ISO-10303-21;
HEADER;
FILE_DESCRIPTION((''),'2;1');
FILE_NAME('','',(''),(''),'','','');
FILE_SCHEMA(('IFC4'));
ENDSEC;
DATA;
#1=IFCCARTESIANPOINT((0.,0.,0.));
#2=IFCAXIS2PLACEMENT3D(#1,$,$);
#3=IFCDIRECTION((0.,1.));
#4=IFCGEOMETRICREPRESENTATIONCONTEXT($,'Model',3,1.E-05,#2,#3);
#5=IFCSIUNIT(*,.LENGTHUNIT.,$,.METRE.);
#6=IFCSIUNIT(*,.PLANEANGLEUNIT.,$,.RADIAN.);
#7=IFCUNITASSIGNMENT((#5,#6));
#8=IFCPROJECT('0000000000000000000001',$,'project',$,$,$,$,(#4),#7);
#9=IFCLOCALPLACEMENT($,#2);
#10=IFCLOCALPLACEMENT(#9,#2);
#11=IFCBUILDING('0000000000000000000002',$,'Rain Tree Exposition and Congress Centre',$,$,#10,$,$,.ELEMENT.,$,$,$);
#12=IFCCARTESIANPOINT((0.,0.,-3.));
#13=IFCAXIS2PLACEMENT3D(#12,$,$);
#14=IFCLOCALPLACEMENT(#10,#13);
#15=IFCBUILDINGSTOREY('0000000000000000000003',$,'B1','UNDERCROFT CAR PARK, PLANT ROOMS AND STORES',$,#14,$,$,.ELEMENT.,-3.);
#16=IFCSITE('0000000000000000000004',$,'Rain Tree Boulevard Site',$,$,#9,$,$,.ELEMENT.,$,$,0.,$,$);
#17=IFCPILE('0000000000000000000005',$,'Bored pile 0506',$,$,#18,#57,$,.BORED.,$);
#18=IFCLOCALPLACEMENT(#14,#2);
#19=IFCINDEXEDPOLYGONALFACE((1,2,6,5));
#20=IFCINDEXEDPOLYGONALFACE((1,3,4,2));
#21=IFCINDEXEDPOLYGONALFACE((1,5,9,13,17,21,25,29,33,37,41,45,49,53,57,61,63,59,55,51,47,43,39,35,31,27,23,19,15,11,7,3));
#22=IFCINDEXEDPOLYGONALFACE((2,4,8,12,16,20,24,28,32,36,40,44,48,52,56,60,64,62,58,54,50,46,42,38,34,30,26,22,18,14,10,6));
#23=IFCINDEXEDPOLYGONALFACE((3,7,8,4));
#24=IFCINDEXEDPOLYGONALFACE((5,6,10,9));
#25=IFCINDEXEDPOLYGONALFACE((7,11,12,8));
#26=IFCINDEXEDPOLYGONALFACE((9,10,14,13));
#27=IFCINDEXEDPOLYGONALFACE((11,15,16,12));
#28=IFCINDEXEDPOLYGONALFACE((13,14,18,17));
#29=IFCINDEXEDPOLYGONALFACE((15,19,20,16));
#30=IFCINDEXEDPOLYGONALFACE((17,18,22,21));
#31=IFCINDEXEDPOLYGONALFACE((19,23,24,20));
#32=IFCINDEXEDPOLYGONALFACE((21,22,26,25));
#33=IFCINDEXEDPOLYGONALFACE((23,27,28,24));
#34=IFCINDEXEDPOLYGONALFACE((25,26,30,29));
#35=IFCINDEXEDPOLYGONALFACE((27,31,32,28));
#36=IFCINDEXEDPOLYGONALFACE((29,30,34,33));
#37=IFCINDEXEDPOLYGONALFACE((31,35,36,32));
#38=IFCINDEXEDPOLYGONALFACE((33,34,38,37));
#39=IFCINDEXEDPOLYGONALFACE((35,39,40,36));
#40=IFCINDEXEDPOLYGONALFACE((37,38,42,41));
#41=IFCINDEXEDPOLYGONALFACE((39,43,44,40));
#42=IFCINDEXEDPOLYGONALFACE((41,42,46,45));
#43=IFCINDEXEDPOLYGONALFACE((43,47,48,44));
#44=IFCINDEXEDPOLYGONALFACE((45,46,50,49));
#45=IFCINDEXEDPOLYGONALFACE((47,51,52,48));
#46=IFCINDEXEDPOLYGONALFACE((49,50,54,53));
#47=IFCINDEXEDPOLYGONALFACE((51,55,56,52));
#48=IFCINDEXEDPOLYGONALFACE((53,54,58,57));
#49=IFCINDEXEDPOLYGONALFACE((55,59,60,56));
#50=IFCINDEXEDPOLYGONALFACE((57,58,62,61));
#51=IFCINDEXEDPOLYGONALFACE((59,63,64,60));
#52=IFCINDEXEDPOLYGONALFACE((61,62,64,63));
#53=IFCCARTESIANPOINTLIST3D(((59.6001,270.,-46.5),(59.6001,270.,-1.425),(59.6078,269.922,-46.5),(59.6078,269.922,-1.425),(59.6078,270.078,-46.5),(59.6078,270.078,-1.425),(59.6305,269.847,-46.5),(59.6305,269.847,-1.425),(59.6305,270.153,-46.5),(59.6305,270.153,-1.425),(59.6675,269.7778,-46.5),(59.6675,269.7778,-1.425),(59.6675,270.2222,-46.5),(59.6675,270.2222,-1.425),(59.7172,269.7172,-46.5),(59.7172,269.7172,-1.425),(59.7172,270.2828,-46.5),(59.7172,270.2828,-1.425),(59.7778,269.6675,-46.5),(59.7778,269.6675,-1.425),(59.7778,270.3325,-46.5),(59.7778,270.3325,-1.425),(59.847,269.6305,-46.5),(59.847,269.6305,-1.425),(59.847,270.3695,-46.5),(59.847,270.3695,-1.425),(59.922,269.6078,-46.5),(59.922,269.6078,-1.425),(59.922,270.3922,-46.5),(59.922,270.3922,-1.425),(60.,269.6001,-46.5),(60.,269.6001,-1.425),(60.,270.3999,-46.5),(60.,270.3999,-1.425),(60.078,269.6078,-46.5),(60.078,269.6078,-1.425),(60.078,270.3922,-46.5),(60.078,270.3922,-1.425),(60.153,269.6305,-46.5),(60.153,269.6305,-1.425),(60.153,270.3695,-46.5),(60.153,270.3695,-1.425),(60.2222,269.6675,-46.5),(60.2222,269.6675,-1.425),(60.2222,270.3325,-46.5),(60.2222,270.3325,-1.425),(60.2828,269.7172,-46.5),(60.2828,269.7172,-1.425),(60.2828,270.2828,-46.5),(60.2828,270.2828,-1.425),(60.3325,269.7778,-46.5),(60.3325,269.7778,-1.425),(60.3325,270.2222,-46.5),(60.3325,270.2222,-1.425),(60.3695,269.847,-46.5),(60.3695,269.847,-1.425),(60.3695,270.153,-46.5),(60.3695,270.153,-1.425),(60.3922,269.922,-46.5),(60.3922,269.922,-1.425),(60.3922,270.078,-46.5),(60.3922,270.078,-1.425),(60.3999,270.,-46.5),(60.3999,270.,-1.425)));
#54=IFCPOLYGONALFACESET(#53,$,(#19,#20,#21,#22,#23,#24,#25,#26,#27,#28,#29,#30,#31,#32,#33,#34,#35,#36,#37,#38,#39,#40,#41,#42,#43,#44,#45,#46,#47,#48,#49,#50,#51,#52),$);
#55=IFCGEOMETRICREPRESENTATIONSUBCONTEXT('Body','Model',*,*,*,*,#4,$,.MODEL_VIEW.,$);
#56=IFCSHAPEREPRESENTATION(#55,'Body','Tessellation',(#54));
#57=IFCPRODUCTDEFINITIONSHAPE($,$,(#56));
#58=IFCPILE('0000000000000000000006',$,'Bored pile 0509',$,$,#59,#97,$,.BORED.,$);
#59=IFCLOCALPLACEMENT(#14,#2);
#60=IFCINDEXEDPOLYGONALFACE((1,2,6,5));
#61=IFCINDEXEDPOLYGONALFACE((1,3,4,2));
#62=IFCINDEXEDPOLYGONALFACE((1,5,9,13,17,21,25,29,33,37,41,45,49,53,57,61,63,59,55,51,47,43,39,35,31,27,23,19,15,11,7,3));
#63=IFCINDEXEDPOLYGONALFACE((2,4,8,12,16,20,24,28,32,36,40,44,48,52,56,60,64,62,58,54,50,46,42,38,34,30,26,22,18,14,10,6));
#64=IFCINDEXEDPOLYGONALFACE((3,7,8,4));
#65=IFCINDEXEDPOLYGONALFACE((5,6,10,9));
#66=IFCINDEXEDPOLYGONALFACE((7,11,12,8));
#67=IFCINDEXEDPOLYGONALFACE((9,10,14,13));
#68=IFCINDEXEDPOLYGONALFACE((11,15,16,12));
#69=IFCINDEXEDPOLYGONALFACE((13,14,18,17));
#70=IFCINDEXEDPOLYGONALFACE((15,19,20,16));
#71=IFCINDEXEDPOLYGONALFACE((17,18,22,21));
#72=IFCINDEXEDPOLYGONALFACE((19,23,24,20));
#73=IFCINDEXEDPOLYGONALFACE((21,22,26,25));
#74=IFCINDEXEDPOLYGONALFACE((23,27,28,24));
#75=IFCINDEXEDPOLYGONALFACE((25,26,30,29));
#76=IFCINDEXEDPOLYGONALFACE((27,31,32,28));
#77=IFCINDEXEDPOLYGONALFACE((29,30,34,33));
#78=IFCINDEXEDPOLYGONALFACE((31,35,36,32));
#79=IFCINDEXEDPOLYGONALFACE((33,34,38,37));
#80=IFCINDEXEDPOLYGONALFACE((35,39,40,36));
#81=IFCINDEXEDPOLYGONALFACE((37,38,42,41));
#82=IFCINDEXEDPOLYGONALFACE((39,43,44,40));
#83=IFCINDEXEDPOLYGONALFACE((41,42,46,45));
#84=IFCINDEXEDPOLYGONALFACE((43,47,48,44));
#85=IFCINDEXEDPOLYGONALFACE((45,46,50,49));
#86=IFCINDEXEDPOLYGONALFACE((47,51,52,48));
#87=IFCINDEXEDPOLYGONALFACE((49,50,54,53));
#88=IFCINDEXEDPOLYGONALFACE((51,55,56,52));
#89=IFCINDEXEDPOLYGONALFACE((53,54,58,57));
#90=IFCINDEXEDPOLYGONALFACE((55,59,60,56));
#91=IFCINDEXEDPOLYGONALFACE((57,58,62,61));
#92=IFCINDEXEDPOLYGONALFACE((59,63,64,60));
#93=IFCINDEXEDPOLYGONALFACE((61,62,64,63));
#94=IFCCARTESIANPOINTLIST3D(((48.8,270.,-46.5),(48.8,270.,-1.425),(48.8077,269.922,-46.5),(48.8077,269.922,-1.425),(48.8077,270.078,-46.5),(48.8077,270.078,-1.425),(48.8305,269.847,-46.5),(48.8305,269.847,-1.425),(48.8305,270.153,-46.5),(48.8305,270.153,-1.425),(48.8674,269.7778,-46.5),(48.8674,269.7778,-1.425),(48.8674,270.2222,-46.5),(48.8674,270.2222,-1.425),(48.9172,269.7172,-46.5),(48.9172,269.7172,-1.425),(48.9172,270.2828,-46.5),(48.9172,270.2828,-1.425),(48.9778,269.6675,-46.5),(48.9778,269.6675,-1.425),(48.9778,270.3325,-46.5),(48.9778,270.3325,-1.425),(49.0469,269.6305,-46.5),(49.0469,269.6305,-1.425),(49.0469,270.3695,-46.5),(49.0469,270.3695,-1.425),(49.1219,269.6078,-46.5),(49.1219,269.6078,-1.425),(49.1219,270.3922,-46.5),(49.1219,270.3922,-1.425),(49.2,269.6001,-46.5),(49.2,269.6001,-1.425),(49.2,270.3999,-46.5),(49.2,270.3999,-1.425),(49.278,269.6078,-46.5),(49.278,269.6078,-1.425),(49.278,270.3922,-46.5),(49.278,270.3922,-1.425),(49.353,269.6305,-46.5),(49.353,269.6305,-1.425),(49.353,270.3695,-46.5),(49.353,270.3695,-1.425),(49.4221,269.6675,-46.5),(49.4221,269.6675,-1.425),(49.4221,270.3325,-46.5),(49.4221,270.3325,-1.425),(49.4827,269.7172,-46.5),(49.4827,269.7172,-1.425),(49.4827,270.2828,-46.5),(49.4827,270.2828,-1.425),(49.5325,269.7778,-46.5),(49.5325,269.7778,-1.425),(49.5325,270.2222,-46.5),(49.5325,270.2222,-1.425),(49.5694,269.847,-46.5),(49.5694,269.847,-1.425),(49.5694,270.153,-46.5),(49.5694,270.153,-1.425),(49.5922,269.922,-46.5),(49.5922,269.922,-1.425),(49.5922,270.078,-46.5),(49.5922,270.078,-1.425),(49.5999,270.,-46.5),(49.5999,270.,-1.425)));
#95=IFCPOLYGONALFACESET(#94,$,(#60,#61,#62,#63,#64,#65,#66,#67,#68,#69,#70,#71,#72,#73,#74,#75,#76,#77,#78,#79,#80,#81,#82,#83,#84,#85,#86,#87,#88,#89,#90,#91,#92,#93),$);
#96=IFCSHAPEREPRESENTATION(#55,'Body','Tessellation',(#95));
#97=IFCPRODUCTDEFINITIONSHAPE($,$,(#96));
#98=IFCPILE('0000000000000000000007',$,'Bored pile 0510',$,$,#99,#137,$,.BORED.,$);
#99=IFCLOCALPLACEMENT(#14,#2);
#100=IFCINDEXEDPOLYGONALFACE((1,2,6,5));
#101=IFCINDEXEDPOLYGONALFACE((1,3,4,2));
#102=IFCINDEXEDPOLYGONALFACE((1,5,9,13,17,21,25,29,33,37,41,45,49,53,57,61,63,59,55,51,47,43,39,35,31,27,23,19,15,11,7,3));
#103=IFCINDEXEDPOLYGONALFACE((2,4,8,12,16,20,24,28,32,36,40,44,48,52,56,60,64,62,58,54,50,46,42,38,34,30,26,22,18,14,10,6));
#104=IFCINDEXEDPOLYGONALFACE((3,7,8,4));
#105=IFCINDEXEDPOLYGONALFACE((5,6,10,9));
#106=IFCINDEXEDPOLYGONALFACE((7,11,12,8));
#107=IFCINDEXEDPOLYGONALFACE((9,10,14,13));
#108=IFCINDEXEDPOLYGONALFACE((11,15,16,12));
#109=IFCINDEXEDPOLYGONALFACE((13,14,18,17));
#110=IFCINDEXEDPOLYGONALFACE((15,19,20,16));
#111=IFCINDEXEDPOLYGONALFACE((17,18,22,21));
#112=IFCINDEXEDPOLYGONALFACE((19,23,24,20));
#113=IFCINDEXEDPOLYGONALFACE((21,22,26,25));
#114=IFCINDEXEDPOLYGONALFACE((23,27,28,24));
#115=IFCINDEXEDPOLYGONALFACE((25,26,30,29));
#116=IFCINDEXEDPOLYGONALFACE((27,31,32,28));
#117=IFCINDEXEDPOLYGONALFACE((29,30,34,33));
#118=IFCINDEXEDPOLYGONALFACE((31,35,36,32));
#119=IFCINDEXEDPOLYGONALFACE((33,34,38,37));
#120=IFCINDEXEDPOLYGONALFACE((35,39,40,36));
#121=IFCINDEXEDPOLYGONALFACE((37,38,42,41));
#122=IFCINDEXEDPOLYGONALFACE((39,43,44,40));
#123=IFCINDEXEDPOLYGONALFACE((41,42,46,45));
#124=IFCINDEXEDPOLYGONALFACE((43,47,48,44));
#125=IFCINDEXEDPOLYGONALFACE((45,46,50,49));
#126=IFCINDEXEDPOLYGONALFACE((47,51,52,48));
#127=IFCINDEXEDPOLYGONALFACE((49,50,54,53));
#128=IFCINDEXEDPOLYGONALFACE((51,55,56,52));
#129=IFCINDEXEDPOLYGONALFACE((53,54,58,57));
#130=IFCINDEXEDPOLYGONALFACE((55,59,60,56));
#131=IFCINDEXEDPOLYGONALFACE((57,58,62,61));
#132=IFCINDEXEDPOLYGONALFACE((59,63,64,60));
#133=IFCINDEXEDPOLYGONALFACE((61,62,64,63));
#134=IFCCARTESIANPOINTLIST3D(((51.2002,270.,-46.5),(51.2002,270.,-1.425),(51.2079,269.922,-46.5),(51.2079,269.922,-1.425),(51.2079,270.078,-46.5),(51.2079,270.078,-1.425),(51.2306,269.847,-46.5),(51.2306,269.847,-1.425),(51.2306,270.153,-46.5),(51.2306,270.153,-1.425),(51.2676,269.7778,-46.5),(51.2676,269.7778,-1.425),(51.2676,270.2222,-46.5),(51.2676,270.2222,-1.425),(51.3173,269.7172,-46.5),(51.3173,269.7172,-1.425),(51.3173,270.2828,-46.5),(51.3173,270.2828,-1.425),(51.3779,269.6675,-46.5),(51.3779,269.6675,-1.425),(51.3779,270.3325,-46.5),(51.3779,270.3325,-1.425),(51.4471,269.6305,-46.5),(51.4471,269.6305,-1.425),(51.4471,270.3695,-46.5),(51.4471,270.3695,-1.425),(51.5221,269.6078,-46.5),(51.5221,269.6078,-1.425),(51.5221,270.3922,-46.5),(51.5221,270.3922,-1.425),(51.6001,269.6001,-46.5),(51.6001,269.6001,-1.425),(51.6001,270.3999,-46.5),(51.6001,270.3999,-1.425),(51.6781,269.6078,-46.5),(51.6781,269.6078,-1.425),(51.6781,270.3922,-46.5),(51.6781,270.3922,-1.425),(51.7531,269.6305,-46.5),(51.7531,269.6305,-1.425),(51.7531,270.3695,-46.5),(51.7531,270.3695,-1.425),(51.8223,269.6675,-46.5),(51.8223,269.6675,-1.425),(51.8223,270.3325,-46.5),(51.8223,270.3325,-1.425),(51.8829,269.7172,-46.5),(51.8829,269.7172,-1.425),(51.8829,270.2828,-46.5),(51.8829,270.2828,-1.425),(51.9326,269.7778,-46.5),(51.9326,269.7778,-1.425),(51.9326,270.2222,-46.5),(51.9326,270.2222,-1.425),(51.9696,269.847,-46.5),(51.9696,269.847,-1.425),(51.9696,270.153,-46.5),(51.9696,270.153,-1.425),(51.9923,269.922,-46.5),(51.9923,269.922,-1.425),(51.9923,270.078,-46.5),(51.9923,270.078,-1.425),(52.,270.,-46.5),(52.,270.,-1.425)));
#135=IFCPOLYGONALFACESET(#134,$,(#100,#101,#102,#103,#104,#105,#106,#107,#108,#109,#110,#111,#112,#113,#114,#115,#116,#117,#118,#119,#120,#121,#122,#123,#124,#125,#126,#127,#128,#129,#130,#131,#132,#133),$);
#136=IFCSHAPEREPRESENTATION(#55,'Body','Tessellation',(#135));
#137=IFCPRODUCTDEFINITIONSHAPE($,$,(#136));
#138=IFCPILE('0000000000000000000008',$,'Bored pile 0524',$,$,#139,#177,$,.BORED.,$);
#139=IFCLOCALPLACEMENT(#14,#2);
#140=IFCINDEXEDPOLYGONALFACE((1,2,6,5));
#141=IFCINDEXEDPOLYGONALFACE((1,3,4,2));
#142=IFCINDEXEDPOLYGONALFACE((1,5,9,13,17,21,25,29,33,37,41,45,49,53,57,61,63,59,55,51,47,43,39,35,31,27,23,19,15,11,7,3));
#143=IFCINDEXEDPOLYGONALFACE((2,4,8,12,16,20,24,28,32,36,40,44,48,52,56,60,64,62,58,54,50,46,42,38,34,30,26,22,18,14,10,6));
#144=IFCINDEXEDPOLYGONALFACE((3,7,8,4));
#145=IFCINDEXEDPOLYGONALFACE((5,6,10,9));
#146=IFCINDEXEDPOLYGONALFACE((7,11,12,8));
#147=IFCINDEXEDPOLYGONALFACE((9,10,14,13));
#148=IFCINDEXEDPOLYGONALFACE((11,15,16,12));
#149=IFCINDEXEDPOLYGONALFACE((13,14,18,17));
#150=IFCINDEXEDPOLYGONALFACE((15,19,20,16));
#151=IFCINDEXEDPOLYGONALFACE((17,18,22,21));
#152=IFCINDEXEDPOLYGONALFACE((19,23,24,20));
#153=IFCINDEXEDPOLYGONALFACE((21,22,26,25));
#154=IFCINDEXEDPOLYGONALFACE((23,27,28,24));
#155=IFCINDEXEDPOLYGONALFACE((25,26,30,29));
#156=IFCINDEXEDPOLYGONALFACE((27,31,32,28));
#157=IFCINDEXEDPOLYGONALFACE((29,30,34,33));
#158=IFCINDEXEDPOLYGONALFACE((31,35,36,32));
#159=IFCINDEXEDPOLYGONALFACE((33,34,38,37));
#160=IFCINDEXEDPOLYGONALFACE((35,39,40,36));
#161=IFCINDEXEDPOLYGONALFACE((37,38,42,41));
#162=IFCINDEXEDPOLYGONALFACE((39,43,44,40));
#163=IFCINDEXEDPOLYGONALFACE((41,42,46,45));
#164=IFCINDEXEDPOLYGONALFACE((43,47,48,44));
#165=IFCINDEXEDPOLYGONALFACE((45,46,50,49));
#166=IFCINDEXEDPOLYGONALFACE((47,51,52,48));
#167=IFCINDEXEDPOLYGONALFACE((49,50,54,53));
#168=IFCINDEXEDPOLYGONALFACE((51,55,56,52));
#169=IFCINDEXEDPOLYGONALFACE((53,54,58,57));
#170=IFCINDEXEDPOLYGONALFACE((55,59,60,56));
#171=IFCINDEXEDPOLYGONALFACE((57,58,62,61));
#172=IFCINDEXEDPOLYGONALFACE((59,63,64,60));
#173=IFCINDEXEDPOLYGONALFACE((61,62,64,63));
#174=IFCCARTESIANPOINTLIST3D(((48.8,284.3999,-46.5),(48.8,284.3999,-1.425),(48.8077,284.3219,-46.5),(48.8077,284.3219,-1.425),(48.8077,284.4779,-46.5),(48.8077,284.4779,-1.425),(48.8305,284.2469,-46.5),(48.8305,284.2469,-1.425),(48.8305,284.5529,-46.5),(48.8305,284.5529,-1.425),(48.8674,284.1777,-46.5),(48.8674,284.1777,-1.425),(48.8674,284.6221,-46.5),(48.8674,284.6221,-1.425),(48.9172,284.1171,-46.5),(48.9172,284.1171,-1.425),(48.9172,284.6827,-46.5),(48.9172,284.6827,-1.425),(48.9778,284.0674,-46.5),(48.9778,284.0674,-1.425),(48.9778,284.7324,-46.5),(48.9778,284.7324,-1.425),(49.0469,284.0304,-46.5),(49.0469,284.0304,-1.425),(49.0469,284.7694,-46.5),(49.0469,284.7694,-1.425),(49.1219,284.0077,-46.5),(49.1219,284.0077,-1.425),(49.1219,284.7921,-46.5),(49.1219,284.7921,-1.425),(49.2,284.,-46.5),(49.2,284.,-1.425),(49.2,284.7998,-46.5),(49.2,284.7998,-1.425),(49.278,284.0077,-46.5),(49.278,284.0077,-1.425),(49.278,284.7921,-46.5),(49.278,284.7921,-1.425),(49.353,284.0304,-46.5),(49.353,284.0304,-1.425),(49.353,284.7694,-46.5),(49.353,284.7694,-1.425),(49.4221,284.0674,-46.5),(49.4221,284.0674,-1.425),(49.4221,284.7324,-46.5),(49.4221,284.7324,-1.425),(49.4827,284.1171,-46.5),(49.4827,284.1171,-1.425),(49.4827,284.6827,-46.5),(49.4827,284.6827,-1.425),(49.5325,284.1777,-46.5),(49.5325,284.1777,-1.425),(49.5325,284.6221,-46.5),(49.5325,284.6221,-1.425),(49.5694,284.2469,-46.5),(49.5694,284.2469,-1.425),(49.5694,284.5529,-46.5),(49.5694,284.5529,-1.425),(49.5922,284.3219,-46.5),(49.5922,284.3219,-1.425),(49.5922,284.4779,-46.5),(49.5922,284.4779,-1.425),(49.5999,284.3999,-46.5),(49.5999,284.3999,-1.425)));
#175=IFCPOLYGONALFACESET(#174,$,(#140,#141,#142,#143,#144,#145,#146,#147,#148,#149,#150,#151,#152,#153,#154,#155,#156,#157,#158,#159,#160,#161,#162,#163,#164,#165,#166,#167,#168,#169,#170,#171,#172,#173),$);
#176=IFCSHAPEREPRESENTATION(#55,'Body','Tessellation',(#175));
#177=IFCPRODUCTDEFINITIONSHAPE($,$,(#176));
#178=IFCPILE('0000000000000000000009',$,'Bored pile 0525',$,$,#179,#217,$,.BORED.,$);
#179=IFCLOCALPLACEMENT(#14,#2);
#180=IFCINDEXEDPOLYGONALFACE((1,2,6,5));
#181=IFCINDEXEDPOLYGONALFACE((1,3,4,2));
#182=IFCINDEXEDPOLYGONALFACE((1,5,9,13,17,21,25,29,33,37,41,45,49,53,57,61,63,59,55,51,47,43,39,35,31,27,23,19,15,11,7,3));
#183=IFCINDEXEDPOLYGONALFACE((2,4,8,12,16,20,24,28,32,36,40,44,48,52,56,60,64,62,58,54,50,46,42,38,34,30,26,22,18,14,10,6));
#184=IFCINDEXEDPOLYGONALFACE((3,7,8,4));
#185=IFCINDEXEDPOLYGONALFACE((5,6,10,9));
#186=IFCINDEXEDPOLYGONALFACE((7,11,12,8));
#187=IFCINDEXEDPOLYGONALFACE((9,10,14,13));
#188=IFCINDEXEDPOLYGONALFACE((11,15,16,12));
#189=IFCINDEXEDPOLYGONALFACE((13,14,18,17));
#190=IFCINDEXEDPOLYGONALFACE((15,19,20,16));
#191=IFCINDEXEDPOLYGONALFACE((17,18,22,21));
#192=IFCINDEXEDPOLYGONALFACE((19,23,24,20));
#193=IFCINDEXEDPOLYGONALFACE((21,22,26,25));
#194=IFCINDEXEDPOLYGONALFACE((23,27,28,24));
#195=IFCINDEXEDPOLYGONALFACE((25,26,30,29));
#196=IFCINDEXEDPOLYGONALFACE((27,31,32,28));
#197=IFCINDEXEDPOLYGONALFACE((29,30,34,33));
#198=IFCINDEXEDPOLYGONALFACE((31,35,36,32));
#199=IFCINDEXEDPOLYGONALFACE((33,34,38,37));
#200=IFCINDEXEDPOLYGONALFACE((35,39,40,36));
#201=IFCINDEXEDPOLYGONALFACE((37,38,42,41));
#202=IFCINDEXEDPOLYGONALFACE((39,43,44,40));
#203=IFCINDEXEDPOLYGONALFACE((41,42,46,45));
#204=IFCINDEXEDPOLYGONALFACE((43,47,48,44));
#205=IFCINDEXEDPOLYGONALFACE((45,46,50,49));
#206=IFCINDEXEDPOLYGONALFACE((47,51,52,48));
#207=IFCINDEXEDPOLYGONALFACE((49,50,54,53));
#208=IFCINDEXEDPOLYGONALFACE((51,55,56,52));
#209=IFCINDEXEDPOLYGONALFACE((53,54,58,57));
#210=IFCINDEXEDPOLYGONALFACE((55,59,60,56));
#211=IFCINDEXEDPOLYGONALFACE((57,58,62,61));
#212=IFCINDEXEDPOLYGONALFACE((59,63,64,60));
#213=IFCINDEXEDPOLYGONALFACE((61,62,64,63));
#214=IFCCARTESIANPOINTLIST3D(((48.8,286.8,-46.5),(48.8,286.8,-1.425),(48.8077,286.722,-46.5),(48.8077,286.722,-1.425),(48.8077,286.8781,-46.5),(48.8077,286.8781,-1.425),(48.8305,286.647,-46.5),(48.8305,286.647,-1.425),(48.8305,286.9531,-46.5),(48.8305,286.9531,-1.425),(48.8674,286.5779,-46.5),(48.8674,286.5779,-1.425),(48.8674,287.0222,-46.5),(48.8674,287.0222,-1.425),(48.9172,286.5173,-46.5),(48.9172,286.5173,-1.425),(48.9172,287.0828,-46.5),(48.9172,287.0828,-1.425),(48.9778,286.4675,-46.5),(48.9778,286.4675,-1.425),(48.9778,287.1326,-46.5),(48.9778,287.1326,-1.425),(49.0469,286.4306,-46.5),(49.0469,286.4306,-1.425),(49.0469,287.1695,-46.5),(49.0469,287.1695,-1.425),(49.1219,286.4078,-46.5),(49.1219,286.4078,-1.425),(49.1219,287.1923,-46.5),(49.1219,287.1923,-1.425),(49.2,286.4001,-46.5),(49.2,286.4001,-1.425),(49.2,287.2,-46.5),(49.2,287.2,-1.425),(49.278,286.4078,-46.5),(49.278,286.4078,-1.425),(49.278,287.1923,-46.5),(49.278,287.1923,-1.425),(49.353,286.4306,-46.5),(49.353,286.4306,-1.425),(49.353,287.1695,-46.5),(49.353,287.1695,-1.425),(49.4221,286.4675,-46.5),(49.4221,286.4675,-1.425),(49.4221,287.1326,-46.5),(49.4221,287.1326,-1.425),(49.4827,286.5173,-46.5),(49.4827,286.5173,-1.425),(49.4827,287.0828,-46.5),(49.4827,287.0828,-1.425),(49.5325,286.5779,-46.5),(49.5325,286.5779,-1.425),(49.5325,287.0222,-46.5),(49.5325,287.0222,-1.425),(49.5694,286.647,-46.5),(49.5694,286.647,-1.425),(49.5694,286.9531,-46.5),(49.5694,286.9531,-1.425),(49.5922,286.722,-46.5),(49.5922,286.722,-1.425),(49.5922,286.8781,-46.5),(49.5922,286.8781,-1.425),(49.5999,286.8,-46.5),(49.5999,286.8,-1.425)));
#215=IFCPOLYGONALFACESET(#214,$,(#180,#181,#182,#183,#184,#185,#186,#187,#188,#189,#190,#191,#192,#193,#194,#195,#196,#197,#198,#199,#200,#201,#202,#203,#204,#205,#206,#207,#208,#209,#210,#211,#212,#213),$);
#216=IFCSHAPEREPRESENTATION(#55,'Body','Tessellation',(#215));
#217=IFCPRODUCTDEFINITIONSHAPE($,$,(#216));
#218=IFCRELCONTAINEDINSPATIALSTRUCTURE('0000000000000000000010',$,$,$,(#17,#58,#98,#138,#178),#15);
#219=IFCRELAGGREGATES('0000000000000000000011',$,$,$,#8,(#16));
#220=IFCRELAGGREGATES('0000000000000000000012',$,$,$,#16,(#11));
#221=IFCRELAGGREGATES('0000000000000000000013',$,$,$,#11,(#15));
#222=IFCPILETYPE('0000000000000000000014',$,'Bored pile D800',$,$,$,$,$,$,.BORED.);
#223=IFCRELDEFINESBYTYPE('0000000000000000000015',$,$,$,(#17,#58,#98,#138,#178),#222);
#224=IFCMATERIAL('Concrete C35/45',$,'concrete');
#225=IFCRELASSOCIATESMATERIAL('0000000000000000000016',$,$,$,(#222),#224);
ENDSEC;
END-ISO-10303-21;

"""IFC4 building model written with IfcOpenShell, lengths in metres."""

from ifc_helpers import new_model, si_unit, direction, frame, origin, origin_2d, place, context, subcontext, project, spatial, circle, extrude, material, material_profile, profile_set, type_object, element, save


model = new_model("IFC4")

# Units and contexts
model_context = context("Model", 3, precision=1e-05, world=origin(), true_north=direction((0.0, 1.0)))
body_context = subcontext(model_context, "Body", "Model", "MODEL_VIEW")
ifc_project = project(units=[si_unit("LENGTHUNIT", "METRE"), si_unit("PLANEANGLEUNIT", "RADIAN")], contexts=[model_context])

# Site, building, storey
site_placement = place(None, origin())
site = spatial("IfcSite", under=ifc_project, at=site_placement, Name="Rain Tree Boulevard Site", CompositionType="ELEMENT", RefElevation=0.0)
building_placement = place(site_placement, origin())
building = spatial("IfcBuilding", under=site, at=building_placement, Name="Rain Tree Exposition and Congress Centre", CompositionType="ELEMENT")
storey_placement = place(building_placement, frame((0.0, 0.0, -3.0)))
storey = spatial("IfcBuildingStorey", under=building, at=storey_placement, Name="B1", Description="UNDERCROFT CAR PARK, PLANT ROOMS AND STORES", CompositionType="ELEMENT", Elevation=-3.0)

# Piles
ifc_material_1 = material(Name="Concrete C35/45", Category="concrete")
ifc_material_profile_1 = material_profile(ifc_material_1, circle(Radius=0.3999, at=origin_2d()), Name="D800")
ifc_profile_set_1 = profile_set([ifc_material_profile_1], Name="Concrete C35/45")
pile_type_1 = type_object("IfcPileType", Name="Bored pile D800", PredefinedType="BORED", material=ifc_profile_set_1)
for number, where, z_axis, x_axis, name in (
    (1, (60.0, 270.0, -1.425), (0.0, 0.0, -1.0), (1.0, 0.0, 0.0), "Bored pile 0506"),
    (2, (49.2, 270.0, -1.425), (0.0, 0.0, -1.0), (1.0, 0.0, 0.0), "Bored pile 0509"),
    (3, (51.6001, 270.0, -1.425), (0.0, 0.0, -1.0), (1.0, 0.0, 0.0), "Bored pile 0510"),
    (4, (49.2, 284.3999, -1.425), (0.0, 0.0, -1.0), (1.0, 0.0, 0.0), "Bored pile 0524"),
    (5, (49.2, 286.8, -1.425), (0.0, 0.0, -1.0), (1.0, 0.0, 0.0), "Bored pile 0525"),
):
    element("IfcPile", number, at=place(storey_placement, frame(where, z_axis=z_axis, x_axis=x_axis)), inside=storey, type_object=pile_type_1, Name=name, PredefinedType="BORED", context=body_context, shape_type="SweptSolid", body=[
        extrude(circle(Radius=0.3999, at=origin_2d()), origin(), (0.0, 0.0, 1.0), 45.075),
    ])

save(model, "model.ifc")
